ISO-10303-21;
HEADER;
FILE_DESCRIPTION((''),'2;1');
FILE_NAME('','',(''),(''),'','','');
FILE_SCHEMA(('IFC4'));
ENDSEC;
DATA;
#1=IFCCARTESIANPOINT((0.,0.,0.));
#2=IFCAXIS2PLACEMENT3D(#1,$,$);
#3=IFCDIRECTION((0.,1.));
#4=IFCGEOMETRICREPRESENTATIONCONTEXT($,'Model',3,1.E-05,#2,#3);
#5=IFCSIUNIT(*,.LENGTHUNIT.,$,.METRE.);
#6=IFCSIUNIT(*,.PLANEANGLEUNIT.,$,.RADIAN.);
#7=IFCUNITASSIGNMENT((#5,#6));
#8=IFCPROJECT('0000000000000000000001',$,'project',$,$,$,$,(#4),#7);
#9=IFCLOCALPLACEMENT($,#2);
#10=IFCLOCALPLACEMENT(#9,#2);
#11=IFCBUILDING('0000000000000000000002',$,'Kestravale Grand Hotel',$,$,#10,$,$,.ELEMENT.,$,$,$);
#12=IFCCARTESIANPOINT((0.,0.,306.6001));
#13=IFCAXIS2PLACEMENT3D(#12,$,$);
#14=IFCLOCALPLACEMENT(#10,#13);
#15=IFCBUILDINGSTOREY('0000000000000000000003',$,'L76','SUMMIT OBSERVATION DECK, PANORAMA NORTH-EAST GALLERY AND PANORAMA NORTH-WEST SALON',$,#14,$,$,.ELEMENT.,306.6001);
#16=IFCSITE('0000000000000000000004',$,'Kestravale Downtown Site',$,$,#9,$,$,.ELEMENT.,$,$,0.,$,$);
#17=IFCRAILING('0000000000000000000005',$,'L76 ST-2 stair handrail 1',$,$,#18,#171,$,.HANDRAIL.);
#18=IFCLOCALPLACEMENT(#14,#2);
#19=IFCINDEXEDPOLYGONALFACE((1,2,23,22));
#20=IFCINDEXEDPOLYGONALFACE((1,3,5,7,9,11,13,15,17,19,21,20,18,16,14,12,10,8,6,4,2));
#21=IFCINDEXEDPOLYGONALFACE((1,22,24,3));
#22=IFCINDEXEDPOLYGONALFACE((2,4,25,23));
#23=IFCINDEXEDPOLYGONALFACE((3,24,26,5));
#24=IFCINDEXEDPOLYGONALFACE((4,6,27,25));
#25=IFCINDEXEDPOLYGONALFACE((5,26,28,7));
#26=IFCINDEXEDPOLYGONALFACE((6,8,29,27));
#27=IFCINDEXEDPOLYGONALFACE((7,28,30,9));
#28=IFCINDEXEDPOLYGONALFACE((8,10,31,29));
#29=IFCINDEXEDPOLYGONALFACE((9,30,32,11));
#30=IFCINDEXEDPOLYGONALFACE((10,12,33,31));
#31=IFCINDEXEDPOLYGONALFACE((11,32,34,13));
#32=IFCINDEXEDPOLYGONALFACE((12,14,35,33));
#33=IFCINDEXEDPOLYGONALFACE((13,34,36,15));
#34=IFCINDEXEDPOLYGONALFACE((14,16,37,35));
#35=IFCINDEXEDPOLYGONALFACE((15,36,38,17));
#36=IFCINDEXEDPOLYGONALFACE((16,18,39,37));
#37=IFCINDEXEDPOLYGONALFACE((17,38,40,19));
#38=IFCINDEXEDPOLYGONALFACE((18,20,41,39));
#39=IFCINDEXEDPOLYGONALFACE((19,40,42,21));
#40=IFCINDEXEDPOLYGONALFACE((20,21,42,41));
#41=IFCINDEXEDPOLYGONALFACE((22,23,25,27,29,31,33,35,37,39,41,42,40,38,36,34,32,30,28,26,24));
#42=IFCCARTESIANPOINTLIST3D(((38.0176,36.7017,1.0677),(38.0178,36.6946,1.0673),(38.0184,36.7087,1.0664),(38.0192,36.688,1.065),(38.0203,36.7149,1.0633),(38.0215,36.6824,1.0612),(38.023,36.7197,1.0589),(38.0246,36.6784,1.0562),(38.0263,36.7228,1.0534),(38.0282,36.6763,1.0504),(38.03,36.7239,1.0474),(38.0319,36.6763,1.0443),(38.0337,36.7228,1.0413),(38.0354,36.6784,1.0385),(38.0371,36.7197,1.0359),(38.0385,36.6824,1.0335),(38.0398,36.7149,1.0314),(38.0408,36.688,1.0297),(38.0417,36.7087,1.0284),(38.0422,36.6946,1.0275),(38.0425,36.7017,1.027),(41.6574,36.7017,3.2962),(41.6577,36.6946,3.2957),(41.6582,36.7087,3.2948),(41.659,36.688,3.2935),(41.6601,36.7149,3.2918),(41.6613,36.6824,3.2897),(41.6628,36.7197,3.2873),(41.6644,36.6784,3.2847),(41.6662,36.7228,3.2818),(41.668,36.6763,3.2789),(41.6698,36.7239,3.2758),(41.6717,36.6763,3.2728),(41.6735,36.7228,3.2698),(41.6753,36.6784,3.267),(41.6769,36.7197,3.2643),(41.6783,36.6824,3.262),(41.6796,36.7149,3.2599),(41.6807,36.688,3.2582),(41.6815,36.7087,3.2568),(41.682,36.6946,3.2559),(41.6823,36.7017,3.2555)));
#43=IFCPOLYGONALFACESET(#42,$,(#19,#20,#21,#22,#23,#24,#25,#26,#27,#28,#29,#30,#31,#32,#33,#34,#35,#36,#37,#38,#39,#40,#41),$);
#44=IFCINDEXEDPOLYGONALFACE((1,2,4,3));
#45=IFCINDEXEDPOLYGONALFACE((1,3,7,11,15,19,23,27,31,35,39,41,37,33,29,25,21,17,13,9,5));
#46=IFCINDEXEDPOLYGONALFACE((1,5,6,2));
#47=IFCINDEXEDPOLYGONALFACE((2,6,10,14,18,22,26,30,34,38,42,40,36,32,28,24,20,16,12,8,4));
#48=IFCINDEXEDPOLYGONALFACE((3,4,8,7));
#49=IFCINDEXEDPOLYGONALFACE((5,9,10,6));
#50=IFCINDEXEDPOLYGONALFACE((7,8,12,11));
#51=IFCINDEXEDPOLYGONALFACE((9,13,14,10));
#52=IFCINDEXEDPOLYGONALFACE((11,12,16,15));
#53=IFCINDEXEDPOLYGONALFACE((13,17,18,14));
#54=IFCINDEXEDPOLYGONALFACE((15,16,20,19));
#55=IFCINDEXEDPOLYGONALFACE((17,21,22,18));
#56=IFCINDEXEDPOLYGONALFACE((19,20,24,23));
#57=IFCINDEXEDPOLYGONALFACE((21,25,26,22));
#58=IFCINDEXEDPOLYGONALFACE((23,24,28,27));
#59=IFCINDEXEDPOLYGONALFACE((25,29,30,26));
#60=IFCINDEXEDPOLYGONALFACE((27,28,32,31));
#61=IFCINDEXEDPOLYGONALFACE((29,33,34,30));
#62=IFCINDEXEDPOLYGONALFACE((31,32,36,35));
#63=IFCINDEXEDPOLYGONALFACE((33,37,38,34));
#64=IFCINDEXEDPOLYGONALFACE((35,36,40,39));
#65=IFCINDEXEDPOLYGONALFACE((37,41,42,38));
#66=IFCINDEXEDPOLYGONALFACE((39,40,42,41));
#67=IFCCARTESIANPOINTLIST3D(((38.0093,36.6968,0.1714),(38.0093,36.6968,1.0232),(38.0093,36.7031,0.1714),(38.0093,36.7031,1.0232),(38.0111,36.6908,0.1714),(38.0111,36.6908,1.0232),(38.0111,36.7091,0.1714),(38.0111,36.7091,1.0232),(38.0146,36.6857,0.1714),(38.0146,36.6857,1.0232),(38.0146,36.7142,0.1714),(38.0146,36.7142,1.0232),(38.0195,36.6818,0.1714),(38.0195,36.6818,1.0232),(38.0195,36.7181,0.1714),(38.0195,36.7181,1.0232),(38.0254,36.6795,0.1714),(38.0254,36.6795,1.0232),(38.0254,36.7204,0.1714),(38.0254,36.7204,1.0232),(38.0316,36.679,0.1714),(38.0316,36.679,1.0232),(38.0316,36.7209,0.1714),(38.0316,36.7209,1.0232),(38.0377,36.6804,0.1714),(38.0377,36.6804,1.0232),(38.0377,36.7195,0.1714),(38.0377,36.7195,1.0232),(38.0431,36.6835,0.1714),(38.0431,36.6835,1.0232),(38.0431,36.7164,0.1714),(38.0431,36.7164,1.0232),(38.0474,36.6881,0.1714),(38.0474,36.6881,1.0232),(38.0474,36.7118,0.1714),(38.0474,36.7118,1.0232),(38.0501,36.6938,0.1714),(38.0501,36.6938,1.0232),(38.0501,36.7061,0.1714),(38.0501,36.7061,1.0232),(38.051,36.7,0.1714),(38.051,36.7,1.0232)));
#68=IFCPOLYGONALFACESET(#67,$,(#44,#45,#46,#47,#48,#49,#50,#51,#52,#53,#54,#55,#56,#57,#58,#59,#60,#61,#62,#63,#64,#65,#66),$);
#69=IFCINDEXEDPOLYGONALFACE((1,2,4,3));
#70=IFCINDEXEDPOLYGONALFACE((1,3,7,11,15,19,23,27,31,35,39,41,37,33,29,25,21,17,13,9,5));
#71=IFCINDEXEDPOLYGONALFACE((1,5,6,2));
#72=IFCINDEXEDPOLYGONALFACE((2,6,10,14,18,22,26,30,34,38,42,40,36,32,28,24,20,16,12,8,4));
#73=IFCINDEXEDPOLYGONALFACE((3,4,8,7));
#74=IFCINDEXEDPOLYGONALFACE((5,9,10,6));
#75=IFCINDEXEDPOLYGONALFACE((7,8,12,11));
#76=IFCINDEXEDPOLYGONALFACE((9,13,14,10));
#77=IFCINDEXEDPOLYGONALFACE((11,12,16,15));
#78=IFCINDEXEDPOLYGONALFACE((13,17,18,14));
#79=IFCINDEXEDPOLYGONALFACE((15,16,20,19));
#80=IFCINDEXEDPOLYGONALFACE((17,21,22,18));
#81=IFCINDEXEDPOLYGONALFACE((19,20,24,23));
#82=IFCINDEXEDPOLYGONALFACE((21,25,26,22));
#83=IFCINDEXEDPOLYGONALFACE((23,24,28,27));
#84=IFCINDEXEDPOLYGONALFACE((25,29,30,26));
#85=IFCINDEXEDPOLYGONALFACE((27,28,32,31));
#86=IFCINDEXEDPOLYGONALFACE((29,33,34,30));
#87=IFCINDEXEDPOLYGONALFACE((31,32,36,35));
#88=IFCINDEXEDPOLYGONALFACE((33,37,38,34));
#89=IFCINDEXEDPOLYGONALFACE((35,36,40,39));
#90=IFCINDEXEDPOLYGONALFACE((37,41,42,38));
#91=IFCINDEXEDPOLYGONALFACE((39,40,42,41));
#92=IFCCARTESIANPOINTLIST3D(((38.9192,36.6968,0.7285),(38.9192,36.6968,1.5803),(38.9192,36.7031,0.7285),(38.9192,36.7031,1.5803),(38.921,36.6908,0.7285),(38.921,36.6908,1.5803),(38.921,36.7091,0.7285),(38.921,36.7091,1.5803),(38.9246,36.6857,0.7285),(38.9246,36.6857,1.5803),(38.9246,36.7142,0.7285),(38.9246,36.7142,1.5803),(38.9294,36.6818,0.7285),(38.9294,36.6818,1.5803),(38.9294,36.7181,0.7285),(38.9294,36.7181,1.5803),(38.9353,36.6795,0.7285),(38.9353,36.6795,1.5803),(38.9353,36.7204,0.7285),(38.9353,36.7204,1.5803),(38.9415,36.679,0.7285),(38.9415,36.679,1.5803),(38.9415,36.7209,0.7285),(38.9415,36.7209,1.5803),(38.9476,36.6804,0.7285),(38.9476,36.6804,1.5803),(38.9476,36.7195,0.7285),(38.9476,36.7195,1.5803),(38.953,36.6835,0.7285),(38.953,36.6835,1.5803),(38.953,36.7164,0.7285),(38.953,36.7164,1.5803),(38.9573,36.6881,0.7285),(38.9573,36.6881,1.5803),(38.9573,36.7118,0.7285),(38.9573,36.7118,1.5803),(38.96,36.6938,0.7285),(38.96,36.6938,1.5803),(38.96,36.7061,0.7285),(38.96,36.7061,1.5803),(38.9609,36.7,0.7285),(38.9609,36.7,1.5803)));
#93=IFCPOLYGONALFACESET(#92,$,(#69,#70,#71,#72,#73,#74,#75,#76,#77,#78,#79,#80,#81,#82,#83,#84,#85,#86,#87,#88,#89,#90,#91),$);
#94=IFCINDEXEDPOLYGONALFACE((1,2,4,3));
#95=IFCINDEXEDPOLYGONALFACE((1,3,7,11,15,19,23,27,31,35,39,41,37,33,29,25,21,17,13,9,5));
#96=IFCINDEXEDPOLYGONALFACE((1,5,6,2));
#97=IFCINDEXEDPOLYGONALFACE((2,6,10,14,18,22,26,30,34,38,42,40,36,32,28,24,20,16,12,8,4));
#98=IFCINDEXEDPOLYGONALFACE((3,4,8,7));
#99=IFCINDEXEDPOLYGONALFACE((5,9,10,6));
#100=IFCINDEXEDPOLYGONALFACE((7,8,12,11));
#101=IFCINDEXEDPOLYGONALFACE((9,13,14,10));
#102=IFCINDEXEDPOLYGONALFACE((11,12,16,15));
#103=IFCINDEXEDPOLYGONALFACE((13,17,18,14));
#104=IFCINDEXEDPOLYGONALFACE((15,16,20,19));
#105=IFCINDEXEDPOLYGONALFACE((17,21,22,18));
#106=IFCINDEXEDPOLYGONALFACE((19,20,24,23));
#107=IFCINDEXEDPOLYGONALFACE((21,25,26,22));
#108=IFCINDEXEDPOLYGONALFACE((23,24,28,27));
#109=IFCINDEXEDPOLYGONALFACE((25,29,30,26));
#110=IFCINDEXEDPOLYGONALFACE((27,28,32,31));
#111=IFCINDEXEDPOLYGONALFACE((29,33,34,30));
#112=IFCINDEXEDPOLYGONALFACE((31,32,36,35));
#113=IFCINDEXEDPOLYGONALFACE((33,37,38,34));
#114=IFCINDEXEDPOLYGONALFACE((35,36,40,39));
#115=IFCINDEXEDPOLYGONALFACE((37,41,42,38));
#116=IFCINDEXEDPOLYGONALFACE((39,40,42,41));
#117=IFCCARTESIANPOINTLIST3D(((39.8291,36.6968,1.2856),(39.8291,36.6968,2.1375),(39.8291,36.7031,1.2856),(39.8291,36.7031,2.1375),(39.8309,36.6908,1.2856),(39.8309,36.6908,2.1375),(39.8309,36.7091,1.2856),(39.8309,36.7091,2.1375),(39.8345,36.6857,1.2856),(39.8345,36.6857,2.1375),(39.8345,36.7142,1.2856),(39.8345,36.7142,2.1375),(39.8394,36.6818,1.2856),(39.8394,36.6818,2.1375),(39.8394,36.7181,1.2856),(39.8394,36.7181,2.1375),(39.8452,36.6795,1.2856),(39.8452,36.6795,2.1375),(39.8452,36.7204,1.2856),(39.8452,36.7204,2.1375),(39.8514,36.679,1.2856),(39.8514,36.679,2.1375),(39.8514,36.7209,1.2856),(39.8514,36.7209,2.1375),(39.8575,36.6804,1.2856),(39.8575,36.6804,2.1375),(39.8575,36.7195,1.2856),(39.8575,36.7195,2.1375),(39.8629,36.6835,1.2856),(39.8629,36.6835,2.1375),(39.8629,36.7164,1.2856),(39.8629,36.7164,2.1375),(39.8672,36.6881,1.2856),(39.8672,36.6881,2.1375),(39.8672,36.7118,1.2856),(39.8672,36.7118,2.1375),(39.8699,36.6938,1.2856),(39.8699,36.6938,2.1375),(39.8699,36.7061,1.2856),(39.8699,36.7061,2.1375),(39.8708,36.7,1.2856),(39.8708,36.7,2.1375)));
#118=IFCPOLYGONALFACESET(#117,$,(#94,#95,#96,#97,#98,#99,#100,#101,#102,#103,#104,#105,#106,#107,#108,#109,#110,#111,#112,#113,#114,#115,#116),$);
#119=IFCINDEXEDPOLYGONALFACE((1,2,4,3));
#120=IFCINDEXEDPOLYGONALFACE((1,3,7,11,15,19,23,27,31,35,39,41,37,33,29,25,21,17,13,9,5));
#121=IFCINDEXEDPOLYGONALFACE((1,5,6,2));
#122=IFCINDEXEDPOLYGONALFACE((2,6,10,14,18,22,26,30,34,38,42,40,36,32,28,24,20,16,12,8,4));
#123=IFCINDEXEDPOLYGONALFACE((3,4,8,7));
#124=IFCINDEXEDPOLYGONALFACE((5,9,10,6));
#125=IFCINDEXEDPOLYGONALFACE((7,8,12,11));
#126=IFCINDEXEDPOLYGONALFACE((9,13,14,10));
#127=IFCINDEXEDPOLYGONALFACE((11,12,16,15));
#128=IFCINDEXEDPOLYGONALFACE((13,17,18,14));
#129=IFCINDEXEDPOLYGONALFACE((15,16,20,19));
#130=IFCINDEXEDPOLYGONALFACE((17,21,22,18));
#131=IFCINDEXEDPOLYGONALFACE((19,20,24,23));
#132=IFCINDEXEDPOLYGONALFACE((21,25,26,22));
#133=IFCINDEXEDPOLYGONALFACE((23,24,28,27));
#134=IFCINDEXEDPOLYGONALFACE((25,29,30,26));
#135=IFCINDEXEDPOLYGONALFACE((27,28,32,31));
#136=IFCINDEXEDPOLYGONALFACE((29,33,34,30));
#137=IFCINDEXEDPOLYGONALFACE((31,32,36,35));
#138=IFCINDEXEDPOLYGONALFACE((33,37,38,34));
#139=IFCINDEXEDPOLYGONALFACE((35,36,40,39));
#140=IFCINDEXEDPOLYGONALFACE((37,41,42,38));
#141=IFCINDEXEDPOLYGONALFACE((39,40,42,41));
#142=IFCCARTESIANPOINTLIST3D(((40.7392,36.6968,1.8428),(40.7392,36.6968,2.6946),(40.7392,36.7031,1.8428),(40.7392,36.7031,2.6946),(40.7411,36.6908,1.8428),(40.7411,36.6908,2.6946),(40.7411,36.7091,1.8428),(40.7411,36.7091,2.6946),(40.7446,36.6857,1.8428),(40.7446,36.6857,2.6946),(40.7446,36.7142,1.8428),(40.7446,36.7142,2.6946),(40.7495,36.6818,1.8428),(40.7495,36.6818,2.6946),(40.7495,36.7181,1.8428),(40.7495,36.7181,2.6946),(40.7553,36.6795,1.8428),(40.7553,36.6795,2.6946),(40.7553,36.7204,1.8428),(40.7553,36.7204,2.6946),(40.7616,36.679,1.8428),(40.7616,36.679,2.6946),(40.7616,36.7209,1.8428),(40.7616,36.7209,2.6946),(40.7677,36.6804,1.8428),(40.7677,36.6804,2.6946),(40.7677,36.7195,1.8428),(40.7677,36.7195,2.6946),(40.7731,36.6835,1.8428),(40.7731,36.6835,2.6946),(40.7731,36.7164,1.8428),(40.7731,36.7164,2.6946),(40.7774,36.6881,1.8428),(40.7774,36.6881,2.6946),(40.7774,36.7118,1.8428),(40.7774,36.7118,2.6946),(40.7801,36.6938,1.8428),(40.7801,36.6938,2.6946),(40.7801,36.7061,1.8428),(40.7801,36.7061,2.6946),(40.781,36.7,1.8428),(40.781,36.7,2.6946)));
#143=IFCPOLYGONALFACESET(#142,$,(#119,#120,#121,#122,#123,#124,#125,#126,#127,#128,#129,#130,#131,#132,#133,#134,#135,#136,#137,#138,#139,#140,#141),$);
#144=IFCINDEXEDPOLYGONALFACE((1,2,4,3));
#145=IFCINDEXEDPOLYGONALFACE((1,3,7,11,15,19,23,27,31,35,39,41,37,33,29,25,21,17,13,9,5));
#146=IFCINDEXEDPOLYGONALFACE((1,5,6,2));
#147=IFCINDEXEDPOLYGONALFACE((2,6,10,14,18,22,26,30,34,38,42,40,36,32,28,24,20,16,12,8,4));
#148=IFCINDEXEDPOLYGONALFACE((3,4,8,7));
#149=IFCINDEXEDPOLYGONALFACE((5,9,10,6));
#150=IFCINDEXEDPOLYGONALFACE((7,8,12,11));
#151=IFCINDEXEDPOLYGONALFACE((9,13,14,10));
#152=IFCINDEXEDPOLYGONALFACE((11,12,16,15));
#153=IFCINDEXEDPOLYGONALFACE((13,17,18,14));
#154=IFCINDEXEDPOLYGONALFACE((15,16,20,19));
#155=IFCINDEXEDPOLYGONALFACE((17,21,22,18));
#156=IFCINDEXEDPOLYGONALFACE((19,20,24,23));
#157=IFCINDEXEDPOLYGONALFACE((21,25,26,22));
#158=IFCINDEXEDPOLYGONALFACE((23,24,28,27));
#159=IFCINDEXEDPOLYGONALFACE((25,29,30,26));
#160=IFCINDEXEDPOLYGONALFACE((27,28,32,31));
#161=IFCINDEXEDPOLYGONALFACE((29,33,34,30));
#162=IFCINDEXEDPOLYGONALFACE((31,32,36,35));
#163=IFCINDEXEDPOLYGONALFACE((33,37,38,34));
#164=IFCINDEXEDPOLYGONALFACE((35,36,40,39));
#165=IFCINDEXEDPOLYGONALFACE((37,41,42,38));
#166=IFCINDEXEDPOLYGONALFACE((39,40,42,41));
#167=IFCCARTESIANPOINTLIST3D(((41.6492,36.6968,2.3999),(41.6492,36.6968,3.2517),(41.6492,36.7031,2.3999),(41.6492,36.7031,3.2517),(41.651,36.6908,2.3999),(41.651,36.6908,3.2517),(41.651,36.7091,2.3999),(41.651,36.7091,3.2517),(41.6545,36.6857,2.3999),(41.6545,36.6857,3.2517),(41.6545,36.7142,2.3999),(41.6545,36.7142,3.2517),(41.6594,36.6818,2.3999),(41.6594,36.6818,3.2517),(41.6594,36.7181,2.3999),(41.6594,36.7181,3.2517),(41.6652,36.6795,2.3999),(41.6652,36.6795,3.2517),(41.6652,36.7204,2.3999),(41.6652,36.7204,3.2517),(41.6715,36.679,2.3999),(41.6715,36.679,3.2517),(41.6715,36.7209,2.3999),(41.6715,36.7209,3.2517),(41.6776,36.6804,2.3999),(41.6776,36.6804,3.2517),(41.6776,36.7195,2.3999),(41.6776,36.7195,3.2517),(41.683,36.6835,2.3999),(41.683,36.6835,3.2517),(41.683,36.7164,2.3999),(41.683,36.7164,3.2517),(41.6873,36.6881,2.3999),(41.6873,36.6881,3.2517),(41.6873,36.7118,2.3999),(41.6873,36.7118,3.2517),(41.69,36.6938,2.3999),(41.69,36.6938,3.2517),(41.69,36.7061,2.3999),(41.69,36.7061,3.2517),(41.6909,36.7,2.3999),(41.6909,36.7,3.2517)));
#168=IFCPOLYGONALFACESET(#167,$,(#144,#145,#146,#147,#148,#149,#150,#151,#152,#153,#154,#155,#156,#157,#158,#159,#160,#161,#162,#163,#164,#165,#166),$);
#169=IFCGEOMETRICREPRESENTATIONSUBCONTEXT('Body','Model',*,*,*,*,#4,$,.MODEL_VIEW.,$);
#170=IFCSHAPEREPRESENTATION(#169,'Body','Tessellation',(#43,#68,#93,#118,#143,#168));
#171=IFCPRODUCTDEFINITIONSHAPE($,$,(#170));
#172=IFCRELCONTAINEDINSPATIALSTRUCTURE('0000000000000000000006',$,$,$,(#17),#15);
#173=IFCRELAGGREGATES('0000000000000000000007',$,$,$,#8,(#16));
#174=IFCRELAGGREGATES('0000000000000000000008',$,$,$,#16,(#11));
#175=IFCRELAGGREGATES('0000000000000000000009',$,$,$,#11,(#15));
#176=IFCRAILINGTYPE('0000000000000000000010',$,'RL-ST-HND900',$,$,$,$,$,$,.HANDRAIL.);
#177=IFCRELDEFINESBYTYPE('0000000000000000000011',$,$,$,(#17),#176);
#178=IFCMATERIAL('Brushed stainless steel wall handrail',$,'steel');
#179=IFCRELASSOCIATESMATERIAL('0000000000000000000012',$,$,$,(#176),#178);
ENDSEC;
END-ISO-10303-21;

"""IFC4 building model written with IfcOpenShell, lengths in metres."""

from ifc_helpers import new_model, si_unit, direction, frame, origin, origin_2d, place, context, subcontext, project, spatial, circle, extrude, material, type_object, element, save


model = new_model("IFC4")

# Units and contexts
model_context = context("Model", 3, precision=1e-05, world=origin(), true_north=direction((0.0, 1.0)))
body_context = subcontext(model_context, "Body", "Model", "MODEL_VIEW")
ifc_project = project(units=[si_unit("LENGTHUNIT", "METRE"), si_unit("PLANEANGLEUNIT", "RADIAN")], contexts=[model_context])

# Site, building, storey
site_placement = place(None, origin())
site = spatial("IfcSite", under=ifc_project, at=site_placement, Name="Kestravale Downtown Site", CompositionType="ELEMENT", RefElevation=0.0)
building_placement = place(site_placement, origin())
building = spatial("IfcBuilding", under=site, at=building_placement, Name="Kestravale Grand Hotel", CompositionType="ELEMENT")
storey_placement = place(building_placement, frame((0.0, 0.0, 306.6001)))
storey = spatial("IfcBuildingStorey", under=building, at=storey_placement, Name="L76", Description="SUMMIT OBSERVATION DECK, PANORAMA NORTH-EAST GALLERY AND PANORAMA NORTH-WEST SALON", CompositionType="ELEMENT", Elevation=306.6001)

# Railing
ifc_material_1 = material(Name="Brushed stainless steel wall handrail", Category="steel")
railing_type_1 = type_object("IfcRailingType", Name="RL-ST-HND900", PredefinedType="HANDRAIL", material=ifc_material_1)
railing_1_placement = place(storey_placement, frame((38.03, 36.7, 0.1714)))
element("IfcRailing", 1, at=railing_1_placement, inside=storey, type_object=railing_type_1, Name="L76 ST-2 stair handrail 1", PredefinedType="HANDRAIL", context=body_context, shape_type="SweptSolid", body=[
    extrude(circle(Radius=0.0239, at=origin_2d()), frame((0.0, 0.0, 0.876), z_axis=(0.85285, 0.0, 0.522156), x_axis=(0.0, 1.0, 0.0)), (0.0, 0.0, 1.0), 4.2678),
    extrude(circle(Radius=0.021, at=origin_2d()), origin(), (0.0, 0.0, 1.0), 0.8518),
    extrude(circle(Radius=0.021, at=origin_2d()), frame((0.9099, 0.0, 0.5571)), (0.0, 0.0, 1.0), 0.8518),
    extrude(circle(Radius=0.021, at=origin_2d()), frame((1.8198, 0.0, 1.1143)), (0.0, 0.0, 1.0), 0.8518),
    extrude(circle(Radius=0.021, at=origin_2d()), frame((2.73, 0.0, 1.6714)), (0.0, 0.0, 1.0), 0.8518),
    extrude(circle(Radius=0.021, at=origin_2d()), frame((3.6399, 0.0, 2.2285)), (0.0, 0.0, 1.0), 0.8518),
])

save(model, "model.ifc")
